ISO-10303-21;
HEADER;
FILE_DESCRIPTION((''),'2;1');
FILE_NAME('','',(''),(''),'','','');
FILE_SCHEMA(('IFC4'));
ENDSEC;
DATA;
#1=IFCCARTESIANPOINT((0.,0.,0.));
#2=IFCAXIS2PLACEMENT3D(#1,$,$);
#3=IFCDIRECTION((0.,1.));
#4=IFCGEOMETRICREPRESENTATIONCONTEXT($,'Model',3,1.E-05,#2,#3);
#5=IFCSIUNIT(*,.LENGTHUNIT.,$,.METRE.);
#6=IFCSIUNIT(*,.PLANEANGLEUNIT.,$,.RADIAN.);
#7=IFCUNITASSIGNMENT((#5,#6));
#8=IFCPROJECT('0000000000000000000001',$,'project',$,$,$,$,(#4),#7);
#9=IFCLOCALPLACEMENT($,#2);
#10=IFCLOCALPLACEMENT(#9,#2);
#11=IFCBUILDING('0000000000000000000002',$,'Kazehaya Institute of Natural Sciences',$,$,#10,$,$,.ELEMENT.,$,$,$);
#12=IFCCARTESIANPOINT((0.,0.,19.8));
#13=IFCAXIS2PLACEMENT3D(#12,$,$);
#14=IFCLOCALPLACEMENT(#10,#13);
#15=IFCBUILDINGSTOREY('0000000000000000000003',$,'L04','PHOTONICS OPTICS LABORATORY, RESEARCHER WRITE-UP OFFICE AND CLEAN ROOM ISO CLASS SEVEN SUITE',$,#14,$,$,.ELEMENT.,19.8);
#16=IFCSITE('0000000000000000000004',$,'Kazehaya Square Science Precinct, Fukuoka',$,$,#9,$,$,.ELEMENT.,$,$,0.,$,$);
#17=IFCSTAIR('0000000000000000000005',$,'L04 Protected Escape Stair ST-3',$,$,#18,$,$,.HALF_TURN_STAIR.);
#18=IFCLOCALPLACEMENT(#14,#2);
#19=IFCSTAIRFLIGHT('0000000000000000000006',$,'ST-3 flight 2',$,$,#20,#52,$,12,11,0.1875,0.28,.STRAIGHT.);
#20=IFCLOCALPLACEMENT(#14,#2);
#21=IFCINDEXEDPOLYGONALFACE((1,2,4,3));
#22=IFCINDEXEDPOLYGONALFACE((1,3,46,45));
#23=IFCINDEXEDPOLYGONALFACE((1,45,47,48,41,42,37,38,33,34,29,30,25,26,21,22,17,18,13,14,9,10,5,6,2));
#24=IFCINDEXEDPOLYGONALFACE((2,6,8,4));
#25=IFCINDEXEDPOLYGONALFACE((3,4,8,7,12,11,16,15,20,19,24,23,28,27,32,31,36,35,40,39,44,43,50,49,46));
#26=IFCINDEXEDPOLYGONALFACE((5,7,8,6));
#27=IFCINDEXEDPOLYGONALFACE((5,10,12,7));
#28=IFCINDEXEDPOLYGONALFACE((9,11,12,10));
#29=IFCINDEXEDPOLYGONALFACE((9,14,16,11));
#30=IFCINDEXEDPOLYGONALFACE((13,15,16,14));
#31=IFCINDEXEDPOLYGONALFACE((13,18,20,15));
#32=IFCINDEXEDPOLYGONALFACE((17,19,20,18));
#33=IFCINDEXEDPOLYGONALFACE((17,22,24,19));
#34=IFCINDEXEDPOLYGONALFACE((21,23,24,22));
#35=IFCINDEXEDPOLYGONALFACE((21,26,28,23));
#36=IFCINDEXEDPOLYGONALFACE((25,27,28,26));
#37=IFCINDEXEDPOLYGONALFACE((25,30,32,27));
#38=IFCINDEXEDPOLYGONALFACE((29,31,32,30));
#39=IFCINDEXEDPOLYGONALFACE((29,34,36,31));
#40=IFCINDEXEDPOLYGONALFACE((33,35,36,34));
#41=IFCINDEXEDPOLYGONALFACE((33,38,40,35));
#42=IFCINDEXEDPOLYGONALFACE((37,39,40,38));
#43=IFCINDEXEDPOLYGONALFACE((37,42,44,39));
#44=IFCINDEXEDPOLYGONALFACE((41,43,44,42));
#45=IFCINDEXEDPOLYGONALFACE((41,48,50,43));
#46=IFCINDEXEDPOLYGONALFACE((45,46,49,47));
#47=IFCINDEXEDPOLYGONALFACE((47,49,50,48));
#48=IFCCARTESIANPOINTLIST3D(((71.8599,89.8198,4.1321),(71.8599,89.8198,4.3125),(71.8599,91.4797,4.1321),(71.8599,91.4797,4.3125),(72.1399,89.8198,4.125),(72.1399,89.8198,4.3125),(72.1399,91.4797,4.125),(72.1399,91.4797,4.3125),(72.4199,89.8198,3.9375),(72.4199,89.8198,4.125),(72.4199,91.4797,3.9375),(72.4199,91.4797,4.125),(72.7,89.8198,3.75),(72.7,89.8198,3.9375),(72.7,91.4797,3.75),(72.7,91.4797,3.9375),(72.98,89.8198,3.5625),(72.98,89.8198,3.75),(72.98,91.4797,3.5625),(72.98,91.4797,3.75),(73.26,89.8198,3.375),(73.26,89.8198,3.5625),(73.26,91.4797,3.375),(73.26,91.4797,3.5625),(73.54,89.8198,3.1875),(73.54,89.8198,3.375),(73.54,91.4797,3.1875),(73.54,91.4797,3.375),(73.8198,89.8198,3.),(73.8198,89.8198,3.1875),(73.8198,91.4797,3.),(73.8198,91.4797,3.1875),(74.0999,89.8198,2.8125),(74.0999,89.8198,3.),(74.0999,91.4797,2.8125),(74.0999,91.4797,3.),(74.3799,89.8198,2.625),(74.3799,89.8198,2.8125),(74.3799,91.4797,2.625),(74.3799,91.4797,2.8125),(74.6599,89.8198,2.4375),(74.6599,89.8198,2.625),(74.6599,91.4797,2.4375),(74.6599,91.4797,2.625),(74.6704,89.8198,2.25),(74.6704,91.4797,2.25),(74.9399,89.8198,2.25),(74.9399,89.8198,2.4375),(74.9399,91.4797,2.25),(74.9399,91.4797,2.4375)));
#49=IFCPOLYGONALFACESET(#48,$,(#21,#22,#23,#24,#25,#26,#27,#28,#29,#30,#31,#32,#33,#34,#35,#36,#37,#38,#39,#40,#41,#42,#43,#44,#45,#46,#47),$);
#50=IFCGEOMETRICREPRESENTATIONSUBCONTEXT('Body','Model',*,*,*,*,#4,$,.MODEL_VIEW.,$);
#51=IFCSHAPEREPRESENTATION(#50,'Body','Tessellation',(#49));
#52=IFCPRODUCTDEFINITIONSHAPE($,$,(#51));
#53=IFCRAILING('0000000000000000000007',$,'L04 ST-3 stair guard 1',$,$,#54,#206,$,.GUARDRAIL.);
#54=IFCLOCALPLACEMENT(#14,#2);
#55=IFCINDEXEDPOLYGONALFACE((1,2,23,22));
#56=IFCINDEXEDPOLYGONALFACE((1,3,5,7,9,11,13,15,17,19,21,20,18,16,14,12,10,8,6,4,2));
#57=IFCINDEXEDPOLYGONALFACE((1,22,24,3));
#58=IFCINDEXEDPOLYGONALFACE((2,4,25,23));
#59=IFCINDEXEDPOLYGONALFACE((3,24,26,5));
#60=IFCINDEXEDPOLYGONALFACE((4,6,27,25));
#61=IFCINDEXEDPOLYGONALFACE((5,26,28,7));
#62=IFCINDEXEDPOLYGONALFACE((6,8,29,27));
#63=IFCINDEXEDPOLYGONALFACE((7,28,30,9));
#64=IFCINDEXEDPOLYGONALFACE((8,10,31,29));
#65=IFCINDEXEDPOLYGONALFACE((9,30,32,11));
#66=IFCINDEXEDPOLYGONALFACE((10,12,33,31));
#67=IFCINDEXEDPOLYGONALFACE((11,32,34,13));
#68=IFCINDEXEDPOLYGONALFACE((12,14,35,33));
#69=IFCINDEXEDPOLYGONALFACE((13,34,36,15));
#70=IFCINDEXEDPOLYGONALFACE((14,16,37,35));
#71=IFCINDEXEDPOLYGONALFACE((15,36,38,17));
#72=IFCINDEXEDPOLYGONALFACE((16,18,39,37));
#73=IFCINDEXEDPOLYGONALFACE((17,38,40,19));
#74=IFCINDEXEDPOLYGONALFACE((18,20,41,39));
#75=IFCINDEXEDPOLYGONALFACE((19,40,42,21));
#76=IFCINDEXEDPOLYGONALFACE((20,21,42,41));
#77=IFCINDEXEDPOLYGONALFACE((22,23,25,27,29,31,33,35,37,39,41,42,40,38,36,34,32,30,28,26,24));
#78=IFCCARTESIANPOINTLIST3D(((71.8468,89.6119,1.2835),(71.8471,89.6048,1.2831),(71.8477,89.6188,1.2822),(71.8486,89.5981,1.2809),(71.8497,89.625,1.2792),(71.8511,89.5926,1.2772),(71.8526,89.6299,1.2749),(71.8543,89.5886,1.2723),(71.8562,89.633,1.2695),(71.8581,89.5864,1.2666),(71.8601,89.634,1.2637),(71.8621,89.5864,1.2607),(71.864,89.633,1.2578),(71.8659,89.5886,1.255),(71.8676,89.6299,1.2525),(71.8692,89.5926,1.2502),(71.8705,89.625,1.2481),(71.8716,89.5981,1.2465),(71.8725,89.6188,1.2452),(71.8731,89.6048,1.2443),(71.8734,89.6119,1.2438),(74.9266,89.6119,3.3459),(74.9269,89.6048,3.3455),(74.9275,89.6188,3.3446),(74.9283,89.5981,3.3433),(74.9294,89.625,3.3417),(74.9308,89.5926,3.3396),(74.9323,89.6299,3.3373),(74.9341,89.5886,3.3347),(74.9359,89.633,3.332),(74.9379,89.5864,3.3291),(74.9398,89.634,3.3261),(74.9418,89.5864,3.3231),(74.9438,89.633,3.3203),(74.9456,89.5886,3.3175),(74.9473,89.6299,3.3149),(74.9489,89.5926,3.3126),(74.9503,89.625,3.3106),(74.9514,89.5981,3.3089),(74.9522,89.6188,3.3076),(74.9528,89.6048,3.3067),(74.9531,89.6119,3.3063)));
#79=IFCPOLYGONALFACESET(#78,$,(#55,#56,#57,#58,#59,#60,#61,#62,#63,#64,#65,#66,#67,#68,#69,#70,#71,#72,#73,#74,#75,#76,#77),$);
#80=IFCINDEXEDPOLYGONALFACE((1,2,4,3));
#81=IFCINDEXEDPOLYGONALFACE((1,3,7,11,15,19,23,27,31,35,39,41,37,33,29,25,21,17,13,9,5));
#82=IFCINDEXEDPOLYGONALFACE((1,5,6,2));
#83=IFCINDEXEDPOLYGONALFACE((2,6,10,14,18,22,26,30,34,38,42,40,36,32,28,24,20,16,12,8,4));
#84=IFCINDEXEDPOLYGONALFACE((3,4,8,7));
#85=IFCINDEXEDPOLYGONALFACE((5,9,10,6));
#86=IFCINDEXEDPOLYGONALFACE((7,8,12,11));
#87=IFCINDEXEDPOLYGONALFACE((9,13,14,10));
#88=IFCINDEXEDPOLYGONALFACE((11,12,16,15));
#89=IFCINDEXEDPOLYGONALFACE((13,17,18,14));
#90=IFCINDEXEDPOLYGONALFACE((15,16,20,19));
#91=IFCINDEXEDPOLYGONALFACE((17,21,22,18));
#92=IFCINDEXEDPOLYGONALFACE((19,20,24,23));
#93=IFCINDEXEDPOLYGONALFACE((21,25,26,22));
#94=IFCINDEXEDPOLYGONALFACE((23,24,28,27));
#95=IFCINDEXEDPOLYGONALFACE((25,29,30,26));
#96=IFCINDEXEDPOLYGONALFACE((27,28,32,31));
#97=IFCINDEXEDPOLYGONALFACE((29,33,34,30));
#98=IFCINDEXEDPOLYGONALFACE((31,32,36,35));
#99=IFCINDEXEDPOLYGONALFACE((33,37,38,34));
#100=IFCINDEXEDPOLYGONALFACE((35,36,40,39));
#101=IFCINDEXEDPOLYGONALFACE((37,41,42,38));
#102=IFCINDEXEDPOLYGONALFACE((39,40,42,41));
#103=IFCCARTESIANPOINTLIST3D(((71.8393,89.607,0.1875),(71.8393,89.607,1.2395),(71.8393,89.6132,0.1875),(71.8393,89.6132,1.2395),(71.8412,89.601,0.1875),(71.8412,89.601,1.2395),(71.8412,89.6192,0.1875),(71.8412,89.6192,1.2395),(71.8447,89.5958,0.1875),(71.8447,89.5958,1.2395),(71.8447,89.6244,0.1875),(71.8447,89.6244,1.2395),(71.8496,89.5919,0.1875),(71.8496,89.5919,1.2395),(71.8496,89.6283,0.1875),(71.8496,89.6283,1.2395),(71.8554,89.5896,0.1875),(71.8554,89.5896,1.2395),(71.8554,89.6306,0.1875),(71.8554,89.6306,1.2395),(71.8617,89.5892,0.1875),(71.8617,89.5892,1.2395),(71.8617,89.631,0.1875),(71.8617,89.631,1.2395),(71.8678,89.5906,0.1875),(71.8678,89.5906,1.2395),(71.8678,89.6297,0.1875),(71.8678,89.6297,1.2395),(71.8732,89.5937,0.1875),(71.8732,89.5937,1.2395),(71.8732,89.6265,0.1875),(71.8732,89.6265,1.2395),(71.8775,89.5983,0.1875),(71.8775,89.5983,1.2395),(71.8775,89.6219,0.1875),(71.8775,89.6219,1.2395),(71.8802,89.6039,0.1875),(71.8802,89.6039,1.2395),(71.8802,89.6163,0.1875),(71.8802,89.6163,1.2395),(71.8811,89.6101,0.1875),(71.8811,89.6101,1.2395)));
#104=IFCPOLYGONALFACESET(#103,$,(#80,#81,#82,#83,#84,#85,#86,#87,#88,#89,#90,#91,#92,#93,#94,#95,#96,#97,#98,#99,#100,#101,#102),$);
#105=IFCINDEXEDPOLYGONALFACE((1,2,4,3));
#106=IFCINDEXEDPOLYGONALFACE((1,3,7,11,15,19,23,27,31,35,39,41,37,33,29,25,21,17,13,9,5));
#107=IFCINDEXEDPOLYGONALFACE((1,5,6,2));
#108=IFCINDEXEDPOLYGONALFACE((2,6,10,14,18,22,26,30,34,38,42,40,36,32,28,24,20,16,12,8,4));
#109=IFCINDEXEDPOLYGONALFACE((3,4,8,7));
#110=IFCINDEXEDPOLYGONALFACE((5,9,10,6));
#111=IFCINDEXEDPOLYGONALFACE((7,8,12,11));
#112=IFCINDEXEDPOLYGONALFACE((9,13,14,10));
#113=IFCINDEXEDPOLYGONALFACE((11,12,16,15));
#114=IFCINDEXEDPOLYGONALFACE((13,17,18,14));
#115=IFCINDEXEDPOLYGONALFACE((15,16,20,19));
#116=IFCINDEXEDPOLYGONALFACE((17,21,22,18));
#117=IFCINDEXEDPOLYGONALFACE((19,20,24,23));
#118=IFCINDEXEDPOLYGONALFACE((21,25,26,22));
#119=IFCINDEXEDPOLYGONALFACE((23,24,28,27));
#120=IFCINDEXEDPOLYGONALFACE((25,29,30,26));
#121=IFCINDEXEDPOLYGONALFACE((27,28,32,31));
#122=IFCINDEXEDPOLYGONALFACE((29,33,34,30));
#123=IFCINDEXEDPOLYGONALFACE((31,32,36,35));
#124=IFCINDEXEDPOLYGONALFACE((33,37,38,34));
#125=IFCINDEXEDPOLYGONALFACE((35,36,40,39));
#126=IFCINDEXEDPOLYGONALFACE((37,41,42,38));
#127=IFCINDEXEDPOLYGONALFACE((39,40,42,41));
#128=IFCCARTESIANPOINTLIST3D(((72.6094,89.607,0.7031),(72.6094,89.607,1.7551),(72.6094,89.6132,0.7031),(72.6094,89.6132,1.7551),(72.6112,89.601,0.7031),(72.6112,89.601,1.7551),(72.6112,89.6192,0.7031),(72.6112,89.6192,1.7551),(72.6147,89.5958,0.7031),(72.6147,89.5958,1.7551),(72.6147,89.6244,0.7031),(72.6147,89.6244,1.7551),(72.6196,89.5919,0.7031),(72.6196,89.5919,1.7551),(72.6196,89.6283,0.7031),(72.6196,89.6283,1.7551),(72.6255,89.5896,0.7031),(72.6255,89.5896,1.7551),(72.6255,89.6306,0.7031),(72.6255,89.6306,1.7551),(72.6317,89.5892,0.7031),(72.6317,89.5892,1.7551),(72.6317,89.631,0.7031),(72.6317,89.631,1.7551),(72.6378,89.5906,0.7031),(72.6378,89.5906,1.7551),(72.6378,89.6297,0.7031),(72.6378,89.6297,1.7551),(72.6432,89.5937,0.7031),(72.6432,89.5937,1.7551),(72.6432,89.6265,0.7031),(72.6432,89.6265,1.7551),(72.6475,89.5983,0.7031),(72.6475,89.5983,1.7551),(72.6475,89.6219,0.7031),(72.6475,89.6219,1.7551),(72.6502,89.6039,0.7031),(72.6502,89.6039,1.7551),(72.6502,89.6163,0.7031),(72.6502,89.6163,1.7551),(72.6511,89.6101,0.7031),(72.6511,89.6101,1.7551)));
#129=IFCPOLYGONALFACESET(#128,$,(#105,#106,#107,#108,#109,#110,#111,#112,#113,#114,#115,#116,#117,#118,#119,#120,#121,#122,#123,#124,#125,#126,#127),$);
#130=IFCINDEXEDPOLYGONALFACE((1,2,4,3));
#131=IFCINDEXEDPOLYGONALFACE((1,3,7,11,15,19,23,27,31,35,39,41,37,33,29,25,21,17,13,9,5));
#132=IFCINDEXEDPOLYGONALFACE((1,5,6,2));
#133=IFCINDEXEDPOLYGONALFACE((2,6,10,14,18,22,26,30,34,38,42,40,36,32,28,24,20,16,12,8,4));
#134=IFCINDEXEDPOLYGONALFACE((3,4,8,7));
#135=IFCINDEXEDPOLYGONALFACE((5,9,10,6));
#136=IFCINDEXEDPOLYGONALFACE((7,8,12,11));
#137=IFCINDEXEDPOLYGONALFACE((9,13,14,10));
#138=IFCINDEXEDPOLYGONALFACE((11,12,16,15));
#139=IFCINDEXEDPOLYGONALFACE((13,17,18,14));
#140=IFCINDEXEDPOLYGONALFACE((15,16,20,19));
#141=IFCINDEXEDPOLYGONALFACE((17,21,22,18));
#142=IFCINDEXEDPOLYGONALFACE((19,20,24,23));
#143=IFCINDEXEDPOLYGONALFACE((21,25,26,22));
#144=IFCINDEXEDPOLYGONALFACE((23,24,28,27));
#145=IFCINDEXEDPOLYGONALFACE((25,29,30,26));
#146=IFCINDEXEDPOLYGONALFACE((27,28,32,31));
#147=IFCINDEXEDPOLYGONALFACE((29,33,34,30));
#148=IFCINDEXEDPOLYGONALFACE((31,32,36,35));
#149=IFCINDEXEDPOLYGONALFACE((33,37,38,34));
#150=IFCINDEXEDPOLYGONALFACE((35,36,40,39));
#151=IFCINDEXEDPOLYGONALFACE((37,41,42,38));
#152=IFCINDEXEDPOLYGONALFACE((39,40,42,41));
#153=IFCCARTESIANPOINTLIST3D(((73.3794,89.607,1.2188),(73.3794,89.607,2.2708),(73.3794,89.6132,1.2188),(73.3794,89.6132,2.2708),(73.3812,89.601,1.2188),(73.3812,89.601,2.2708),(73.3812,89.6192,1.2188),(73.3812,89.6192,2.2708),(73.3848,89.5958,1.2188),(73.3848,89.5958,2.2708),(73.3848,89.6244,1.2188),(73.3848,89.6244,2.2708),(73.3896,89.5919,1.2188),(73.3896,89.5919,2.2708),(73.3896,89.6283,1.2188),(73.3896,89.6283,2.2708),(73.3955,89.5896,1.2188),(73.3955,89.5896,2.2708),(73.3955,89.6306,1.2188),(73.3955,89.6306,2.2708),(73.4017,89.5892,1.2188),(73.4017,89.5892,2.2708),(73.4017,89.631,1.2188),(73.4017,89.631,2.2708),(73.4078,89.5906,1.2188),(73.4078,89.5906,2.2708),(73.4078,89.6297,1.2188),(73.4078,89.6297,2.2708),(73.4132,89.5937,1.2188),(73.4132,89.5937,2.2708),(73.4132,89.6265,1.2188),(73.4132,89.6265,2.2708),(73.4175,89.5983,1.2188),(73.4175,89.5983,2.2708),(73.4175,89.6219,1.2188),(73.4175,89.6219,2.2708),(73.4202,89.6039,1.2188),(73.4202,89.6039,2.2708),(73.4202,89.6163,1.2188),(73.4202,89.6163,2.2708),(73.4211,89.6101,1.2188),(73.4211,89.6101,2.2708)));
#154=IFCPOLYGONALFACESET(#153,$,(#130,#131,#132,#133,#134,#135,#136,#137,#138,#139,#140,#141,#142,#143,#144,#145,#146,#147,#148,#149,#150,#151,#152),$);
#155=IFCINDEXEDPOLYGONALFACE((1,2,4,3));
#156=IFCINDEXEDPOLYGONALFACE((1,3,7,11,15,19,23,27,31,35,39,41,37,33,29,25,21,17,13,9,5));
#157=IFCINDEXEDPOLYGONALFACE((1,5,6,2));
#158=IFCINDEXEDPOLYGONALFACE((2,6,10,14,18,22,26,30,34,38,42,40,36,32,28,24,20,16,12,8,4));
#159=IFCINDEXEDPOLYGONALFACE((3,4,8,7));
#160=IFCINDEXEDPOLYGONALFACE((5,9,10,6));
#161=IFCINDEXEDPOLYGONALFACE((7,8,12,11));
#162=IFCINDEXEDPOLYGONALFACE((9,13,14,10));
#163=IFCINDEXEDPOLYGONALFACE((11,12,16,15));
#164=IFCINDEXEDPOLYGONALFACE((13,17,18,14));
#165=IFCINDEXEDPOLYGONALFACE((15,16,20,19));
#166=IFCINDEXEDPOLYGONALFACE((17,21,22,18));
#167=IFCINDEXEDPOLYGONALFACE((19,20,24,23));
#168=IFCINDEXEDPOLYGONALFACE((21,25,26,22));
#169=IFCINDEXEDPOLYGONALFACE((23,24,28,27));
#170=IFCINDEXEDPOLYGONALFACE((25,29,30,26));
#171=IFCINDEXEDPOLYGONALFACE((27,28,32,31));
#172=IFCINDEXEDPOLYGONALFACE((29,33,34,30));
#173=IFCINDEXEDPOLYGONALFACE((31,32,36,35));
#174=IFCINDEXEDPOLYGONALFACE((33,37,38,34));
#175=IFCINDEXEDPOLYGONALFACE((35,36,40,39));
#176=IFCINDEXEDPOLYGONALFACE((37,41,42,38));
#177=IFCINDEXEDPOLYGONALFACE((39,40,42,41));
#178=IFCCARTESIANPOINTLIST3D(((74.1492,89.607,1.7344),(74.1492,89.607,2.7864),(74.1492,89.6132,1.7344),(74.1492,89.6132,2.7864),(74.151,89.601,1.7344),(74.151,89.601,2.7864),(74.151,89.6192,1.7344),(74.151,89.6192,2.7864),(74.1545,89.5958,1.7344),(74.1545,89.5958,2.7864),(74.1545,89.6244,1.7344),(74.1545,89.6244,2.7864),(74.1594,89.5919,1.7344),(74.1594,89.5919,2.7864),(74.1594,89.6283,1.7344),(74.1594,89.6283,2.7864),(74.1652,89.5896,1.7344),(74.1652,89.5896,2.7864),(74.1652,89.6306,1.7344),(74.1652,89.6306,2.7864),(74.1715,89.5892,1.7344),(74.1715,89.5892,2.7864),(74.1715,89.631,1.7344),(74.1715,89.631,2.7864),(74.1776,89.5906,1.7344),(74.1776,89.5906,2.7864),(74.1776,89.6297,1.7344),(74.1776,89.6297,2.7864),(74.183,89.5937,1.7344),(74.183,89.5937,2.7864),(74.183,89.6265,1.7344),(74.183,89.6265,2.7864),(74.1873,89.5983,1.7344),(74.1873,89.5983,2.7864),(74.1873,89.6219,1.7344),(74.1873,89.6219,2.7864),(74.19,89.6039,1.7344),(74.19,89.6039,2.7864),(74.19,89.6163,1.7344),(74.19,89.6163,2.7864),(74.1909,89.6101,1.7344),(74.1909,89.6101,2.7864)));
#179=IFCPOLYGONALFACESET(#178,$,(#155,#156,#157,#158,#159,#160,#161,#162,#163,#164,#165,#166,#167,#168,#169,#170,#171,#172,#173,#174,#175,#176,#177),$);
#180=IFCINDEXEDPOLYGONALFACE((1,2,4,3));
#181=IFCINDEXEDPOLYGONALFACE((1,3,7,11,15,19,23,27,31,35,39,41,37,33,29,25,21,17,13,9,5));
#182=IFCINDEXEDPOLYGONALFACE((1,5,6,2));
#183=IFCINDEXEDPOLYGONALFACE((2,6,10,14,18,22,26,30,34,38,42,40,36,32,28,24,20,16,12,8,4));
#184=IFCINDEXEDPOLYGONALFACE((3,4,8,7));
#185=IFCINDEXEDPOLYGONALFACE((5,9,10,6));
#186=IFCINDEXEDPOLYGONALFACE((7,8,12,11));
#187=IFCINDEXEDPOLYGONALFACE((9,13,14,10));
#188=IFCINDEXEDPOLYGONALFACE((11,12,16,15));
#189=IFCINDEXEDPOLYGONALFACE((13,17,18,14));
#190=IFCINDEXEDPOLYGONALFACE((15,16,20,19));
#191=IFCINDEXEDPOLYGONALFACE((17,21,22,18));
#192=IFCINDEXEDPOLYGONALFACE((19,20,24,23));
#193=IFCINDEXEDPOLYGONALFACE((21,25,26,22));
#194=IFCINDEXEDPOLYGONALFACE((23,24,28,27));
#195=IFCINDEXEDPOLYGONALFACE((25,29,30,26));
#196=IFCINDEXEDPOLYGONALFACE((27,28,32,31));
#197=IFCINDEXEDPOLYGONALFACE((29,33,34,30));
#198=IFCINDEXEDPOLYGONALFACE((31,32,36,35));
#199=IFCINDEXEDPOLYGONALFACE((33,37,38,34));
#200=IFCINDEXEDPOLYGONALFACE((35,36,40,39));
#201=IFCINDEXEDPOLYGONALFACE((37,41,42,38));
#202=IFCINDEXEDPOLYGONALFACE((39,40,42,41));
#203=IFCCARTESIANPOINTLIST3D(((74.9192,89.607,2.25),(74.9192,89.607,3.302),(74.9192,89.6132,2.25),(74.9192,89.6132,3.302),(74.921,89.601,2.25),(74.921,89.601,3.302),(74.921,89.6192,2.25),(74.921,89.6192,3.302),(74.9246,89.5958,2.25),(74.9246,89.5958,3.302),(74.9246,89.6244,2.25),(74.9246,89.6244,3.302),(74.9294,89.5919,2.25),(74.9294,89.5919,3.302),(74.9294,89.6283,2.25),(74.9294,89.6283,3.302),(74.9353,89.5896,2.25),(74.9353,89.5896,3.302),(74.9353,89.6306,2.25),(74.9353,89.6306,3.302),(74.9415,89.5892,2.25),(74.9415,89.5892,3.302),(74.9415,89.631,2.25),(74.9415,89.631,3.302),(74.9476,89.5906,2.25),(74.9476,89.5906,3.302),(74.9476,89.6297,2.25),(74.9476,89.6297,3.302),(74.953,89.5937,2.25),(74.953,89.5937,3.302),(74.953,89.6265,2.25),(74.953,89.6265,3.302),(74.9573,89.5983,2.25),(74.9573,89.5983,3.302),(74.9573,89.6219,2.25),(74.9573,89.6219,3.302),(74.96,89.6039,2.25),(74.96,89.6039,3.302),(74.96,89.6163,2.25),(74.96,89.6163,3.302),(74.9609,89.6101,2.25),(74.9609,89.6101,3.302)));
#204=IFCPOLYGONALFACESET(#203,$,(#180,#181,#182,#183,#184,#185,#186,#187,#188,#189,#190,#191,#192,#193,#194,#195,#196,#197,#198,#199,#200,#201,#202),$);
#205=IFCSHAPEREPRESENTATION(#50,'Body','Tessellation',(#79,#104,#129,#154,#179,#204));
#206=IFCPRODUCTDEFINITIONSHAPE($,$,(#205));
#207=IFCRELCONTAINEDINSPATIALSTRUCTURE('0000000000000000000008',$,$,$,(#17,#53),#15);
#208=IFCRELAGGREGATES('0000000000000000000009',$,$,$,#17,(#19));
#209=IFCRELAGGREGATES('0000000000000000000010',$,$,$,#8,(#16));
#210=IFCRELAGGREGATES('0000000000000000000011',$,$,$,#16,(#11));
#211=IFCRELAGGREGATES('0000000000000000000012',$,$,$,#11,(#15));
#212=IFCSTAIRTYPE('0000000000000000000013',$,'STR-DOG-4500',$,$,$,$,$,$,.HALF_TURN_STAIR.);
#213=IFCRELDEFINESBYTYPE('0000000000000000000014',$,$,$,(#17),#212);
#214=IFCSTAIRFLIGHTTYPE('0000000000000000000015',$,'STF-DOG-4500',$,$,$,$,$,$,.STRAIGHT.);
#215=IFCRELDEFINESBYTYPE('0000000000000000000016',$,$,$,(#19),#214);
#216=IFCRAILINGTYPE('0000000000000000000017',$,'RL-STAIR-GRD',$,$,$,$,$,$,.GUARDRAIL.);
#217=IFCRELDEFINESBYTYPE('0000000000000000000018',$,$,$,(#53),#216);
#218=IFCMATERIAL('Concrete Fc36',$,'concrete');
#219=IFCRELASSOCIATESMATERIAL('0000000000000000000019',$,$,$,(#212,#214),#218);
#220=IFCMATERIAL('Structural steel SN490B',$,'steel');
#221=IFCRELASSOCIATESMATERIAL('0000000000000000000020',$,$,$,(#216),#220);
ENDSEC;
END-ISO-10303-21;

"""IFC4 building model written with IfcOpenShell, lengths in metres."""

from ifc_helpers import new_model, si_unit, direction, frame, origin, origin_2d, place, context, subcontext, project, spatial, polyline, circle, outline, extrude, material, type_object, element, aggregate, save


model = new_model("IFC4")

# Units and contexts
model_context = context("Model", 3, precision=1e-05, world=origin(), true_north=direction((0.0, 1.0)))
body_context = subcontext(model_context, "Body", "Model", "MODEL_VIEW")
ifc_project = project(units=[si_unit("LENGTHUNIT", "METRE"), si_unit("PLANEANGLEUNIT", "RADIAN")], contexts=[model_context])

# Site, building, storey
site_placement = place(None, origin())
site = spatial("IfcSite", under=ifc_project, at=site_placement, Name="Kazehaya Square Science Precinct, Fukuoka", CompositionType="ELEMENT", RefElevation=0.0)
building_placement = place(site_placement, origin())
building = spatial("IfcBuilding", under=site, at=building_placement, Name="Kazehaya Institute of Natural Sciences", CompositionType="ELEMENT")
storey_placement = place(building_placement, frame((0.0, 0.0, 19.8)))
storey = spatial("IfcBuildingStorey", under=building, at=storey_placement, Name="L04", Description="PHOTONICS OPTICS LABORATORY, RESEARCHER WRITE-UP OFFICE AND CLEAN ROOM ISO CLASS SEVEN SUITE", CompositionType="ELEMENT", Elevation=19.8)

# Shared definitions
ifc_material_1 = material(Name="Concrete Fc36", Category="concrete")

# Stair, stair flight
stair_type = type_object("IfcStairType", Name="STR-DOG-4500", PredefinedType="HALF_TURN_STAIR", material=ifc_material_1)
stair_placement = place(storey_placement, origin())
stair = element("IfcStair", 1, at=stair_placement, inside=storey, type_object=stair_type, Name="L04 Protected Escape Stair ST-3", PredefinedType="HALF_TURN_STAIR")
stair_flight_type = type_object("IfcStairFlightType", Name="STF-DOG-4500", PredefinedType="STRAIGHT", material=ifc_material_1)
stair_flight_1_placement = place(storey_placement, frame((74.9399, 90.6499, 2.25), z_axis=(0.0, 0.0, 1.0), x_axis=(-1.0, 0.0, 0.0)))
stair_flight_1 = element("IfcStairFlight", 2, at=stair_flight_1_placement, type_object=stair_flight_type, Name="ST-3 flight 2", NumberOfRisers=12, NumberOfTreads=11, PredefinedType="STRAIGHT", RiserHeight=0.1875, TreadLength=0.28, context=body_context, shape_type="SweptSolid", body=[
    extrude(outline(polyline([(0.0, 0.0), (0.0, 0.1875), (0.28, 0.1875), (0.28, 0.375), (0.5601, 0.375), (0.5601, 0.5625), (0.8401, 0.5625), (0.8401, 0.75), (1.1201, 0.75), (1.1201, 0.9375), (1.3999, 0.9375), (1.3999, 1.125), (1.6799, 1.125), (1.6799, 1.3125), (1.96, 1.3125), (1.96, 1.5), (2.24, 1.5), (2.24, 1.6875), (2.52, 1.6875), (2.52, 1.875), (2.8, 1.875), (2.8, 2.0625), (3.0801, 2.0625), (3.0801, 2.25), (3.0801, 1.8821), (0.2695, 0.0), (0.0, 0.0)])), frame((0.0, 0.8301, 0.0), z_axis=(0.0, -1.0, 0.0), x_axis=(1.0, 0.0, 0.0)), (0.0, 0.0, 1.0), 1.6599),
])
aggregate(stair, [stair_flight_1])

# Railing
ifc_material_2 = material(Name="Structural steel SN490B", Category="steel")
railing_type_1 = type_object("IfcRailingType", Name="RL-STAIR-GRD", PredefinedType="GUARDRAIL", material=ifc_material_2)
railing_1_placement = place(storey_placement, frame((71.8601, 89.6101, 0.1875)))
element("IfcRailing", 3, at=railing_1_placement, inside=storey, type_object=railing_type_1, Name="L04 ST-3 stair guard 1", PredefinedType="GUARDRAIL", context=body_context, shape_type="SweptSolid", body=[
    extrude(circle(Radius=0.0239, at=origin_2d()), frame((0.0, 0.0, 1.0762), z_axis=(0.830893, 0.0, 0.556432), x_axis=(0.0, 1.0, 0.0)), (0.0, 0.0, 1.0), 3.7065),
    extrude(circle(Radius=0.021, at=origin_2d()), origin(), (0.0, 0.0, 1.0), 1.052),
    extrude(circle(Radius=0.021, at=origin_2d()), frame((0.77, 0.0, 0.5156)), (0.0, 0.0, 1.0), 1.052),
    extrude(circle(Radius=0.021, at=origin_2d()), frame((1.54, 0.0, 1.0312)), (0.0, 0.0, 1.0), 1.052),
    extrude(circle(Radius=0.021, at=origin_2d()), frame((2.3098, 0.0, 1.5469)), (0.0, 0.0, 1.0), 1.052),
    extrude(circle(Radius=0.021, at=origin_2d()), frame((3.0798, 0.0, 2.0625)), (0.0, 0.0, 1.0), 1.052),
])

save(model, "model.ifc")
